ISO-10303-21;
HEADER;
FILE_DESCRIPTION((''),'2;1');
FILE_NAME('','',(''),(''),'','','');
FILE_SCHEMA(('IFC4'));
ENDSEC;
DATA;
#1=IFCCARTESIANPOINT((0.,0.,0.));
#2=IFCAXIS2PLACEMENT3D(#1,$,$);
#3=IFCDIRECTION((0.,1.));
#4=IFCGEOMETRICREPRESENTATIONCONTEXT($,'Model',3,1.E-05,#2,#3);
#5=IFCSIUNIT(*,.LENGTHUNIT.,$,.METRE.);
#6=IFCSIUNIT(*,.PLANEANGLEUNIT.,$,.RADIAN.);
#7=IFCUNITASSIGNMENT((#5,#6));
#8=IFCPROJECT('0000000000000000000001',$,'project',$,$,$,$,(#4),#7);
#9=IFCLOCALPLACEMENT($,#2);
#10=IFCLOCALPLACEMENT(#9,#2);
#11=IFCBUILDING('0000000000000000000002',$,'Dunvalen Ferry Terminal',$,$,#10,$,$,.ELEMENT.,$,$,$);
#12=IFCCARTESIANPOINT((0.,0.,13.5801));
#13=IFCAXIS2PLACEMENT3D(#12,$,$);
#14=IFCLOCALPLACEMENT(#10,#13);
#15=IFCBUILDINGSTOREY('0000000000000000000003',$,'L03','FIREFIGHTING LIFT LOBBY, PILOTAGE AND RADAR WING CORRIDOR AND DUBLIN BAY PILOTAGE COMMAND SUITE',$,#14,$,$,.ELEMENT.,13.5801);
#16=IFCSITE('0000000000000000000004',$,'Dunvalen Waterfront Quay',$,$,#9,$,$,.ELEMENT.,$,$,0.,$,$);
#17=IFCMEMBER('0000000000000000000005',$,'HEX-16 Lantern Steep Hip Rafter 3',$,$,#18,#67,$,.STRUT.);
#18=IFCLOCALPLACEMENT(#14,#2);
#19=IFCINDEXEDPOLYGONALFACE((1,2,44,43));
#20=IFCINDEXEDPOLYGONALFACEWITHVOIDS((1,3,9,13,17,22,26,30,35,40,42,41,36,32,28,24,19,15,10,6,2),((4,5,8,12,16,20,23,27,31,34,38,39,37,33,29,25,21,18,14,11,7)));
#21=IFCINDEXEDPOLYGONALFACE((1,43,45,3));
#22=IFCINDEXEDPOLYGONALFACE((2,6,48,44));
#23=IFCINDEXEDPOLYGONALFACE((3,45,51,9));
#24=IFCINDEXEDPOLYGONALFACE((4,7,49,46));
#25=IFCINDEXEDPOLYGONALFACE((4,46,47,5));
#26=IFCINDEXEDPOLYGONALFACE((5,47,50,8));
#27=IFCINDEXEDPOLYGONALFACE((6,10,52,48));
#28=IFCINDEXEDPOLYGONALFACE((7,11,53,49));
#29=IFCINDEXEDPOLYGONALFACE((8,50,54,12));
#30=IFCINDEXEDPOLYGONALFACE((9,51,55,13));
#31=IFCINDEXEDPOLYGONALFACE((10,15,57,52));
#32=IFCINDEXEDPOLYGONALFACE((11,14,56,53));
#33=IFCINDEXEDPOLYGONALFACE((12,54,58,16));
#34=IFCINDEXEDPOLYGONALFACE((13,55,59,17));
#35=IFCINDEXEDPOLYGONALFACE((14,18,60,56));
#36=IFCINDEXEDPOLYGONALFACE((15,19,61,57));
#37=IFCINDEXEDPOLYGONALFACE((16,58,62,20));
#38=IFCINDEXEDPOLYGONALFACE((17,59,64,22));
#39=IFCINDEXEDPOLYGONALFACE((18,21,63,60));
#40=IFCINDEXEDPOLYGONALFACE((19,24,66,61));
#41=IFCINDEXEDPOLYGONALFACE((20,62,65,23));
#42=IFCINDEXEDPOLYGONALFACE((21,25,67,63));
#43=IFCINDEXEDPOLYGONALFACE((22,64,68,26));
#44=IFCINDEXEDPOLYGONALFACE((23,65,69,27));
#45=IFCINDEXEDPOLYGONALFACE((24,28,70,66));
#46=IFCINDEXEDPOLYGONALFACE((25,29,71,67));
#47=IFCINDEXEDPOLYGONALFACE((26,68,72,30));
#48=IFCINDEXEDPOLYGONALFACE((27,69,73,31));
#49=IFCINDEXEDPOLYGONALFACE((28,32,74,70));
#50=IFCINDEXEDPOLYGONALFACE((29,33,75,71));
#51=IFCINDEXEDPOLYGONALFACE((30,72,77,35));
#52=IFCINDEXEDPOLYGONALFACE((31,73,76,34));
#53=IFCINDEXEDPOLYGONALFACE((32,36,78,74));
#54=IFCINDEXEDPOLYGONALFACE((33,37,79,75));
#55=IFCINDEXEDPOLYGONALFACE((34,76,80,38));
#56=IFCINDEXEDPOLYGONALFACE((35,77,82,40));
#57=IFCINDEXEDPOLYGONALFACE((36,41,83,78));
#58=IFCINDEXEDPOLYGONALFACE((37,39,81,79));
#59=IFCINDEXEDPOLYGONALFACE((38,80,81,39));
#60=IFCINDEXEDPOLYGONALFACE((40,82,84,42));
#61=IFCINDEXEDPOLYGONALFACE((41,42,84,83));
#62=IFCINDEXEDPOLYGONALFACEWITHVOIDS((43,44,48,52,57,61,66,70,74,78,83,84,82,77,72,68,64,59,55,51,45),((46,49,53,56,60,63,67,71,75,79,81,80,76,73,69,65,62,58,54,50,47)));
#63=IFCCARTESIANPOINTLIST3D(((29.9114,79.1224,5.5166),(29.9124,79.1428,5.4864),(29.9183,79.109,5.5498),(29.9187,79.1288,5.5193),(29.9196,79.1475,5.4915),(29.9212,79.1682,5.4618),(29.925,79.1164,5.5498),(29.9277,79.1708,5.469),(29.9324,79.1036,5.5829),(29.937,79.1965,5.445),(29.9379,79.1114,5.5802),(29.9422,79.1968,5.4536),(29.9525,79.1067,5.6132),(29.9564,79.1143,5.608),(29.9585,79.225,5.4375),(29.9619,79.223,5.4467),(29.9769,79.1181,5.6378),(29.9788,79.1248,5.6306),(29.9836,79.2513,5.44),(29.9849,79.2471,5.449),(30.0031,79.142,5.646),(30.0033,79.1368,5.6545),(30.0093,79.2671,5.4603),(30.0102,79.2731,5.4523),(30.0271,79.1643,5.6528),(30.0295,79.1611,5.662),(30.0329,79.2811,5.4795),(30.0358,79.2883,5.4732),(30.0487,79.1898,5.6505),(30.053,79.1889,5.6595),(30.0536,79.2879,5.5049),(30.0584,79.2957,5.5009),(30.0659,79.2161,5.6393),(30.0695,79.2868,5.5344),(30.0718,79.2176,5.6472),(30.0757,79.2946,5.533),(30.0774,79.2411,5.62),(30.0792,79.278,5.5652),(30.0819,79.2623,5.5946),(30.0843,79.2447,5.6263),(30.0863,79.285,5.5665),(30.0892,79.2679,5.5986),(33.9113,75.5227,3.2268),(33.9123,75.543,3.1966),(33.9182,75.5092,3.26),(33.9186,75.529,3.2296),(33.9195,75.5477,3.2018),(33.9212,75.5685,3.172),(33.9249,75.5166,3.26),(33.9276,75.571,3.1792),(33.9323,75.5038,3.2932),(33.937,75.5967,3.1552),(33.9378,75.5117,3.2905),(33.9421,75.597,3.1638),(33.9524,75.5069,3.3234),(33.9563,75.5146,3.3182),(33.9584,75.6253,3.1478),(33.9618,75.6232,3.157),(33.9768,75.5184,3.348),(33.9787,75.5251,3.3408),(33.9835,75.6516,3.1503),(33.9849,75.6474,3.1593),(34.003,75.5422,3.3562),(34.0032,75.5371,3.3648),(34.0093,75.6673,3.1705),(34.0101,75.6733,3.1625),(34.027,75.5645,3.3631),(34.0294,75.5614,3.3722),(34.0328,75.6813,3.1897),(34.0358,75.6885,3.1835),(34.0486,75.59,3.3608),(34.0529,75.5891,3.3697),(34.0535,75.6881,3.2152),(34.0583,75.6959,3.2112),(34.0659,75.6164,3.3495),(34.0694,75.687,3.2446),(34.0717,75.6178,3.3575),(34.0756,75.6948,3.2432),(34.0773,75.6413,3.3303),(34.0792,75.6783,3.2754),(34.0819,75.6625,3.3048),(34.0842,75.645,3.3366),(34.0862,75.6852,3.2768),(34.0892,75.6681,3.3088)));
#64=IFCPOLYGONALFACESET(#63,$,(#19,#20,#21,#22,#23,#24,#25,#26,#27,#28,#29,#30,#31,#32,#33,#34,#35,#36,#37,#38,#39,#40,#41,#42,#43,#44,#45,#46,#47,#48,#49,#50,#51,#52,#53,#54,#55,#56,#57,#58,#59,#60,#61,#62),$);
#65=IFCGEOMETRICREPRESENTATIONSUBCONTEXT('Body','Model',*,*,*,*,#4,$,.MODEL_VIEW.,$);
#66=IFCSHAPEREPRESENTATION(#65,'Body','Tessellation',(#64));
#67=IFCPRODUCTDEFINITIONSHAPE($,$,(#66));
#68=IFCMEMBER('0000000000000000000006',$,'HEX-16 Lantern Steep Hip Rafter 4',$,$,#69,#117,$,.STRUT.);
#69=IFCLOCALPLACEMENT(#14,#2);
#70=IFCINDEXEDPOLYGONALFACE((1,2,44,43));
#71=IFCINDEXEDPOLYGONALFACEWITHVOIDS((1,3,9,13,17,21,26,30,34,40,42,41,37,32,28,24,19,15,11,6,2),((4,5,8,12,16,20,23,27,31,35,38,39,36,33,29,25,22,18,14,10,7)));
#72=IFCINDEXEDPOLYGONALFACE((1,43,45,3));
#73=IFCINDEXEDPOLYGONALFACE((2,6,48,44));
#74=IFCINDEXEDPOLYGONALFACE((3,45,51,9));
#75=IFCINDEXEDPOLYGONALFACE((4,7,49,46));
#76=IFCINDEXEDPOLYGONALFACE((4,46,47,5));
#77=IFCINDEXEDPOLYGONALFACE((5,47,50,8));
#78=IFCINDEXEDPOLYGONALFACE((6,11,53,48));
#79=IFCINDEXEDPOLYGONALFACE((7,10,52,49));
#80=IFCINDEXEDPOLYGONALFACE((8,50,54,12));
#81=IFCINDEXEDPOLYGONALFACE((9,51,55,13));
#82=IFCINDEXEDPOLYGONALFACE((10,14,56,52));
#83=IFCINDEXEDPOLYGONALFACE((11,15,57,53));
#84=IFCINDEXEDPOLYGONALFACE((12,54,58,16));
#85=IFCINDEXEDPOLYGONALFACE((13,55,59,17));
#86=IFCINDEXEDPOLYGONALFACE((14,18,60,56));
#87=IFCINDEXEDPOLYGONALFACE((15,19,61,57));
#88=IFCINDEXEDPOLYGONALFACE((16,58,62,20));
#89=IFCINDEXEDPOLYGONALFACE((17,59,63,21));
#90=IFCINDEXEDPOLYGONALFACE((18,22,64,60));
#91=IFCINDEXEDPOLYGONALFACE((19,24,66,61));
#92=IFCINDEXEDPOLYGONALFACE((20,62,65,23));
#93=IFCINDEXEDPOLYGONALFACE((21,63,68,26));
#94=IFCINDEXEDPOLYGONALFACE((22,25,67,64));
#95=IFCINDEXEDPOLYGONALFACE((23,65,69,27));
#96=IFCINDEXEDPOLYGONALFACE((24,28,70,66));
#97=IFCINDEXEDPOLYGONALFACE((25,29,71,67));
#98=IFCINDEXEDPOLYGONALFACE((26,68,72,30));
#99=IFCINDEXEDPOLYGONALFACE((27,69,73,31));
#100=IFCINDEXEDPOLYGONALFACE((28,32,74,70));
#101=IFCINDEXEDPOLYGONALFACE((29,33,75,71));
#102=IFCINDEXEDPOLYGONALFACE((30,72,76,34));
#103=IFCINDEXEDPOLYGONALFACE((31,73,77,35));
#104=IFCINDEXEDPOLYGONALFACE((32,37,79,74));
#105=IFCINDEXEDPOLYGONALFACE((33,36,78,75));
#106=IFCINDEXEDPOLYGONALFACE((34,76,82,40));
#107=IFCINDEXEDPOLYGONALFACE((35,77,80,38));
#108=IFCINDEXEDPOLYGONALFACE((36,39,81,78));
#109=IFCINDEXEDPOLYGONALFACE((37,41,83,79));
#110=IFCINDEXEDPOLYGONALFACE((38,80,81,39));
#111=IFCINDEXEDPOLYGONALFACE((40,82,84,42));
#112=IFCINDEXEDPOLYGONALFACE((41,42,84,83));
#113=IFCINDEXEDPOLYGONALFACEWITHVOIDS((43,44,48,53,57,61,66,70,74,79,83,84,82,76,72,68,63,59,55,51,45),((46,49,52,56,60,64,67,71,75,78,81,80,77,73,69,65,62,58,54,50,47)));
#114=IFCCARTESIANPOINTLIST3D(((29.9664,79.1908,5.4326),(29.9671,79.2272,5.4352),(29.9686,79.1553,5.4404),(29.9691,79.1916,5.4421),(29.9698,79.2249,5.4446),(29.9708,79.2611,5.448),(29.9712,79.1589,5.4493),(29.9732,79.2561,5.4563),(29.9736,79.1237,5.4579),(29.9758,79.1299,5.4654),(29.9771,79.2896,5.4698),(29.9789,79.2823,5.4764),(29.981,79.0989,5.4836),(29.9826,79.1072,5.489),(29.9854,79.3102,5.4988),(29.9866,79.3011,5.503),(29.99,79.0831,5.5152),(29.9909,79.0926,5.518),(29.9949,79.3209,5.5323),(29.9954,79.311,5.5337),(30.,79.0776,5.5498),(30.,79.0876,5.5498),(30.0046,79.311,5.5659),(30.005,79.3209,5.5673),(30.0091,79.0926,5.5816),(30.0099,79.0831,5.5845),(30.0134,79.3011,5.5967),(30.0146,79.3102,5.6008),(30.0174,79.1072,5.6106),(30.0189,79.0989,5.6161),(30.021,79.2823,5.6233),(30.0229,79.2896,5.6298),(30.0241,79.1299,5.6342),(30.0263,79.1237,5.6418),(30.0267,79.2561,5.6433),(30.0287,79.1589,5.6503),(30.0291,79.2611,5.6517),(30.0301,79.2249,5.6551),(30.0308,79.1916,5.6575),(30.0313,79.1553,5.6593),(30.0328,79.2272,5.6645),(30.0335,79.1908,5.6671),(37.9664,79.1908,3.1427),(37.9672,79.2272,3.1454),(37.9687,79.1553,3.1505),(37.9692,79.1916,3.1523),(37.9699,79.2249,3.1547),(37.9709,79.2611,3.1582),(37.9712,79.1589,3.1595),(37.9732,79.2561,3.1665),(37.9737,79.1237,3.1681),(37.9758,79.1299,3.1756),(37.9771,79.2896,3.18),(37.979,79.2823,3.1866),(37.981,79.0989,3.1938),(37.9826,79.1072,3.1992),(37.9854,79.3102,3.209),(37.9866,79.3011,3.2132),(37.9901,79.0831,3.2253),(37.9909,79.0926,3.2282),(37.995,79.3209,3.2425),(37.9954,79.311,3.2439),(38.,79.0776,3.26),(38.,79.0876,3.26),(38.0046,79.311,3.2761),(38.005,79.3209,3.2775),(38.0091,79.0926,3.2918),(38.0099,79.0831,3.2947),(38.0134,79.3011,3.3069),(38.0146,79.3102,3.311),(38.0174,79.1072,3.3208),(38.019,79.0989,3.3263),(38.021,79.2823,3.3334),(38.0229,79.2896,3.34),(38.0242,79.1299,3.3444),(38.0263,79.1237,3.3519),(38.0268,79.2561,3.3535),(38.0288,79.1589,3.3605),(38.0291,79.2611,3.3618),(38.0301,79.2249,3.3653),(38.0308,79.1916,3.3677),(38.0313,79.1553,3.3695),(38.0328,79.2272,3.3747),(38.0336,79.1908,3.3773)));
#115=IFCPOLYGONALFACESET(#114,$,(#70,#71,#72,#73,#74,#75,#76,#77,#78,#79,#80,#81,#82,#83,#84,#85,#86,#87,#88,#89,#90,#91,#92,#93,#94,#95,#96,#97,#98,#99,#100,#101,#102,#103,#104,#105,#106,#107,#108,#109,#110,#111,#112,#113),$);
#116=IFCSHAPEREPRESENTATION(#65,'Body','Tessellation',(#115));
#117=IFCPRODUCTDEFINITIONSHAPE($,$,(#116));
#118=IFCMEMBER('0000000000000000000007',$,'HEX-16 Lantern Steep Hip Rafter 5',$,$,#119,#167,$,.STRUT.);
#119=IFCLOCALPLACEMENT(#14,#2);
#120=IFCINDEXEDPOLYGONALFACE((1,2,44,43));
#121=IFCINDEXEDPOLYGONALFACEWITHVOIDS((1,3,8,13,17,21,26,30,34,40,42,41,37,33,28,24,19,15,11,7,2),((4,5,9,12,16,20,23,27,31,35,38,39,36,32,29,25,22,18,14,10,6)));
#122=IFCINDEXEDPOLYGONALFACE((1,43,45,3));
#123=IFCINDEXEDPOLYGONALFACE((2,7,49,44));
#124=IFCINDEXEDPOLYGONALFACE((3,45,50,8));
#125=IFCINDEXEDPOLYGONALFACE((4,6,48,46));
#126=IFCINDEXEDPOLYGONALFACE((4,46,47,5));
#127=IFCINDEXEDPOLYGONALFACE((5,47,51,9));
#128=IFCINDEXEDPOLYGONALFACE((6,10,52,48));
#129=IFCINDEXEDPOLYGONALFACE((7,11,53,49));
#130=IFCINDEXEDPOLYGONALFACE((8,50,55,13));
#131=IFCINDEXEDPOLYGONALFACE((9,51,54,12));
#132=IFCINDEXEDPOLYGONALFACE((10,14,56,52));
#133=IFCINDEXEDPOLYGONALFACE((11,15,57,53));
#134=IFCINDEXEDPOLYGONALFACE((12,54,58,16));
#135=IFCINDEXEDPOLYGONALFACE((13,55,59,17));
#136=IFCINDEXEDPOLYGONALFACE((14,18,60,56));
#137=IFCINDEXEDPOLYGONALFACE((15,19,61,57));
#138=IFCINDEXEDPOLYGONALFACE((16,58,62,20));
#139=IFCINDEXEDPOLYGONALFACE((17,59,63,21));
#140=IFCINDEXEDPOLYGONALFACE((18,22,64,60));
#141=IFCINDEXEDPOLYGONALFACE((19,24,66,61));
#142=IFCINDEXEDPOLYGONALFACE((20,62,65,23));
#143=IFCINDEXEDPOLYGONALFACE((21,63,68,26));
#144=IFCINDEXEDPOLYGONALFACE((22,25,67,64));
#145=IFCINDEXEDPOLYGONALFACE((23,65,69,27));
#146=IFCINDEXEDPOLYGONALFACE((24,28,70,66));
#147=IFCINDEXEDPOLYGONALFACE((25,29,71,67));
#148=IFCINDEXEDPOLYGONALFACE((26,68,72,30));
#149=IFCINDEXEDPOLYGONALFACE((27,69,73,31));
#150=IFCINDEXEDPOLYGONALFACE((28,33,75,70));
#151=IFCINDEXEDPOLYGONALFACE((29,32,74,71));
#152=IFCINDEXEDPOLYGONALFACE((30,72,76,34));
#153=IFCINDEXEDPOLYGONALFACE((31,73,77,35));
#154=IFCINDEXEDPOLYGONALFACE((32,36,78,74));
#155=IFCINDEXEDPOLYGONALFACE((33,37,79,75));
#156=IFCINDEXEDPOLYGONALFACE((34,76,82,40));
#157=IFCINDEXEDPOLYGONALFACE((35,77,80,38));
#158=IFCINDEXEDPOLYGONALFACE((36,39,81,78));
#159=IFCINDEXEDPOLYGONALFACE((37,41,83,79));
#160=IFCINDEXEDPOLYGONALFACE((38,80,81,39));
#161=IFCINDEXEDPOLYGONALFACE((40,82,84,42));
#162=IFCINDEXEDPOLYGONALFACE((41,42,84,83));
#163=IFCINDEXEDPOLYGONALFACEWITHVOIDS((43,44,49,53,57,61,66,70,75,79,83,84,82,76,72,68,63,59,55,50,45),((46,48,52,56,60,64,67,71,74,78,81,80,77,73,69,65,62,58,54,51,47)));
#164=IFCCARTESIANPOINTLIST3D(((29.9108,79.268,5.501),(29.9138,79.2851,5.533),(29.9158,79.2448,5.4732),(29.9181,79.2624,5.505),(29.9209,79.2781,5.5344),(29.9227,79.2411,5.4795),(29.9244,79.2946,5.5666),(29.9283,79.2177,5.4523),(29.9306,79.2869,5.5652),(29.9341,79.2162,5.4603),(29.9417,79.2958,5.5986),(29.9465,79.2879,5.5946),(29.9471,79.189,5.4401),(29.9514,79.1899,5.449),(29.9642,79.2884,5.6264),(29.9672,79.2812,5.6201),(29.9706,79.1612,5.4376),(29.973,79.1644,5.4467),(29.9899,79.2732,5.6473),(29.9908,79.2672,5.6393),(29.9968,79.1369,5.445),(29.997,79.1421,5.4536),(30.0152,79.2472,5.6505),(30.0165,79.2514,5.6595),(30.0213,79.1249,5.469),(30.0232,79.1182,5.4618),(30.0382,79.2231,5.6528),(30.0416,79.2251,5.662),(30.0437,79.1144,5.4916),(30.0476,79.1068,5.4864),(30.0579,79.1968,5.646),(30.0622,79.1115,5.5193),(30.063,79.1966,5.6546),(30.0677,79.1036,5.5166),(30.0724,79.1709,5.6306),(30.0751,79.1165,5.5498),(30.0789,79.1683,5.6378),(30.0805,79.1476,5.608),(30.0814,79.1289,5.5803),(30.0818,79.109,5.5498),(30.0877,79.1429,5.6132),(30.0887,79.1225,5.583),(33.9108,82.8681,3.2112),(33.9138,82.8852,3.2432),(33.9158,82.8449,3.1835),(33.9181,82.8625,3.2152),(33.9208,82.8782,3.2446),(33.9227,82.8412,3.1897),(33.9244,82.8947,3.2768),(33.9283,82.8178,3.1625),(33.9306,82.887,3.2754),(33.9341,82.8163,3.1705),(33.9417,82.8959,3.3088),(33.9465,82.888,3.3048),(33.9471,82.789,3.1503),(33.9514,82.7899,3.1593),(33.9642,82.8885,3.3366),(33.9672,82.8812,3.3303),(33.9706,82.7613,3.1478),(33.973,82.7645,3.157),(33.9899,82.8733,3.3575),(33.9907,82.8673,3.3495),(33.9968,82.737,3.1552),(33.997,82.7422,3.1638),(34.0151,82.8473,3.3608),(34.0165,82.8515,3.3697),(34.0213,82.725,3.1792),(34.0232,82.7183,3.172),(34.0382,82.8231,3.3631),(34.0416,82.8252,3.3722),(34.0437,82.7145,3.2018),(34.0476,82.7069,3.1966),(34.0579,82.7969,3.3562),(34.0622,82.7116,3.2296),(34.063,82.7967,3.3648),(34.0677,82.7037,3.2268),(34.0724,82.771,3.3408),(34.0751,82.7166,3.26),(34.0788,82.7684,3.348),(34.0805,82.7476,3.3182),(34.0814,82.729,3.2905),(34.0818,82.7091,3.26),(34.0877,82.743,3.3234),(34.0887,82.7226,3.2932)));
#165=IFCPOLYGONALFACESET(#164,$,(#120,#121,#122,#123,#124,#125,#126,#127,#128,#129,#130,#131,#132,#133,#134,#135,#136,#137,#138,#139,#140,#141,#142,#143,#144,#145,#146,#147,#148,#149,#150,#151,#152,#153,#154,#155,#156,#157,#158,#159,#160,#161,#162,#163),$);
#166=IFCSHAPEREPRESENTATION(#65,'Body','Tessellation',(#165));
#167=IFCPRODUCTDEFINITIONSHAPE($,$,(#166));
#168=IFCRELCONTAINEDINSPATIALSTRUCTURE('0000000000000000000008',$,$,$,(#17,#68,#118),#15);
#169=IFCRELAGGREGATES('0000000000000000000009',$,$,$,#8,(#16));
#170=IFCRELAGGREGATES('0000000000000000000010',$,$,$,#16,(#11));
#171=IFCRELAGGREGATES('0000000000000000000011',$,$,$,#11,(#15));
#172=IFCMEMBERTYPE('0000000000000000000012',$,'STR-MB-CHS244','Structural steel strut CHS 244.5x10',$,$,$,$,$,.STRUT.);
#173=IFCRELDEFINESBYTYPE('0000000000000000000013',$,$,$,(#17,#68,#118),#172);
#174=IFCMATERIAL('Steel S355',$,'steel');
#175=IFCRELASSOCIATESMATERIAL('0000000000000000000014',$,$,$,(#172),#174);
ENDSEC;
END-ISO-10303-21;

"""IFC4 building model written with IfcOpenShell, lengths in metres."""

from ifc_helpers import new_model, si_unit, direction, frame, origin, origin_2d, place, context, subcontext, project, spatial, hollow_circle, extrude, material, material_profile, profile_set, type_object, element, save


model = new_model("IFC4")

# Units and contexts
model_context = context("Model", 3, precision=1e-05, world=origin(), true_north=direction((0.0, 1.0)))
body_context = subcontext(model_context, "Body", "Model", "MODEL_VIEW")
ifc_project = project(units=[si_unit("LENGTHUNIT", "METRE"), si_unit("PLANEANGLEUNIT", "RADIAN")], contexts=[model_context])

# Site, building, storey
site_placement = place(None, origin())
site = spatial("IfcSite", under=ifc_project, at=site_placement, Name="Dunvalen Waterfront Quay", CompositionType="ELEMENT", RefElevation=0.0)
building_placement = place(site_placement, origin())
building = spatial("IfcBuilding", under=site, at=building_placement, Name="Dunvalen Ferry Terminal", CompositionType="ELEMENT")
storey_placement = place(building_placement, frame((0.0, 0.0, 13.5801)))
storey = spatial("IfcBuildingStorey", under=building, at=storey_placement, Name="L03", Description="FIREFIGHTING LIFT LOBBY, PILOTAGE AND RADAR WING CORRIDOR AND DUBLIN BAY PILOTAGE COMMAND SUITE", CompositionType="ELEMENT", Elevation=13.5801)

# Shared definitions
ifc_material_1 = material(Name="Steel S355", Category="steel")

# Members
ifc_material_profile_1 = material_profile(ifc_material_1, hollow_circle(Radius=0.1223, WallThickness=0.01, at=origin_2d()), Name="Steel S355")
ifc_profile_set_1 = profile_set([ifc_material_profile_1], Name="Steel S355")
member_type = type_object("IfcMemberType", Name="STR-MB-CHS244", Description="Structural steel strut CHS 244.5x10", PredefinedType="STRUT", material=ifc_profile_set_1)
for number, where, z_axis, x_axis, name in (
    (1, (34.0, 75.6001, 3.26), (-0.683965, 0.615543, 0.391535), (-0.66895, -0.743308, 0.0), "HEX-16 Lantern Steep Hip Rafter 3"),
):
    element("IfcMember", number, at=place(storey_placement, frame(where, z_axis=z_axis, x_axis=x_axis)), inside=storey, type_object=member_type, Name=name, PredefinedType="STRUT", context=body_context, shape_type="SweptSolid", body=[
        extrude(hollow_circle(Radius=0.1223, WallThickness=0.01, at=origin_2d()), origin(), (0.0, 0.0, 1.0), 5.8481),
    ])
member_1_placement = place(storey_placement, frame((38.0, 79.2, 3.26), z_axis=(-0.961394, 0.0, 0.275174), x_axis=(0.0, -1.0, 0.0)))
element("IfcMember", 2, at=member_1_placement, inside=storey, type_object=member_type, Name="HEX-16 Lantern Steep Hip Rafter 4", PredefinedType="STRUT", context=body_context, shape_type="SweptSolid", body=[
    extrude(hollow_circle(Radius=0.1223, WallThickness=0.01, at=origin_2d()), origin(), (0.0, 0.0, 1.0), 8.3213),
])
for number, where, z_axis, x_axis, name in (
    (3, (34.0, 82.8, 3.26), (-0.683947, -0.615569, 0.391525), (0.668975, -0.743285, 0.0), "HEX-16 Lantern Steep Hip Rafter 5"),
):
    element("IfcMember", number, at=place(storey_placement, frame(where, z_axis=z_axis, x_axis=x_axis)), inside=storey, type_object=member_type, Name=name, PredefinedType="STRUT", context=body_context, shape_type="SweptSolid", body=[
        extrude(hollow_circle(Radius=0.1223, WallThickness=0.01, at=origin_2d()), origin(), (0.0, 0.0, 1.0), 5.8484),
    ])

save(model, "model.ifc")
